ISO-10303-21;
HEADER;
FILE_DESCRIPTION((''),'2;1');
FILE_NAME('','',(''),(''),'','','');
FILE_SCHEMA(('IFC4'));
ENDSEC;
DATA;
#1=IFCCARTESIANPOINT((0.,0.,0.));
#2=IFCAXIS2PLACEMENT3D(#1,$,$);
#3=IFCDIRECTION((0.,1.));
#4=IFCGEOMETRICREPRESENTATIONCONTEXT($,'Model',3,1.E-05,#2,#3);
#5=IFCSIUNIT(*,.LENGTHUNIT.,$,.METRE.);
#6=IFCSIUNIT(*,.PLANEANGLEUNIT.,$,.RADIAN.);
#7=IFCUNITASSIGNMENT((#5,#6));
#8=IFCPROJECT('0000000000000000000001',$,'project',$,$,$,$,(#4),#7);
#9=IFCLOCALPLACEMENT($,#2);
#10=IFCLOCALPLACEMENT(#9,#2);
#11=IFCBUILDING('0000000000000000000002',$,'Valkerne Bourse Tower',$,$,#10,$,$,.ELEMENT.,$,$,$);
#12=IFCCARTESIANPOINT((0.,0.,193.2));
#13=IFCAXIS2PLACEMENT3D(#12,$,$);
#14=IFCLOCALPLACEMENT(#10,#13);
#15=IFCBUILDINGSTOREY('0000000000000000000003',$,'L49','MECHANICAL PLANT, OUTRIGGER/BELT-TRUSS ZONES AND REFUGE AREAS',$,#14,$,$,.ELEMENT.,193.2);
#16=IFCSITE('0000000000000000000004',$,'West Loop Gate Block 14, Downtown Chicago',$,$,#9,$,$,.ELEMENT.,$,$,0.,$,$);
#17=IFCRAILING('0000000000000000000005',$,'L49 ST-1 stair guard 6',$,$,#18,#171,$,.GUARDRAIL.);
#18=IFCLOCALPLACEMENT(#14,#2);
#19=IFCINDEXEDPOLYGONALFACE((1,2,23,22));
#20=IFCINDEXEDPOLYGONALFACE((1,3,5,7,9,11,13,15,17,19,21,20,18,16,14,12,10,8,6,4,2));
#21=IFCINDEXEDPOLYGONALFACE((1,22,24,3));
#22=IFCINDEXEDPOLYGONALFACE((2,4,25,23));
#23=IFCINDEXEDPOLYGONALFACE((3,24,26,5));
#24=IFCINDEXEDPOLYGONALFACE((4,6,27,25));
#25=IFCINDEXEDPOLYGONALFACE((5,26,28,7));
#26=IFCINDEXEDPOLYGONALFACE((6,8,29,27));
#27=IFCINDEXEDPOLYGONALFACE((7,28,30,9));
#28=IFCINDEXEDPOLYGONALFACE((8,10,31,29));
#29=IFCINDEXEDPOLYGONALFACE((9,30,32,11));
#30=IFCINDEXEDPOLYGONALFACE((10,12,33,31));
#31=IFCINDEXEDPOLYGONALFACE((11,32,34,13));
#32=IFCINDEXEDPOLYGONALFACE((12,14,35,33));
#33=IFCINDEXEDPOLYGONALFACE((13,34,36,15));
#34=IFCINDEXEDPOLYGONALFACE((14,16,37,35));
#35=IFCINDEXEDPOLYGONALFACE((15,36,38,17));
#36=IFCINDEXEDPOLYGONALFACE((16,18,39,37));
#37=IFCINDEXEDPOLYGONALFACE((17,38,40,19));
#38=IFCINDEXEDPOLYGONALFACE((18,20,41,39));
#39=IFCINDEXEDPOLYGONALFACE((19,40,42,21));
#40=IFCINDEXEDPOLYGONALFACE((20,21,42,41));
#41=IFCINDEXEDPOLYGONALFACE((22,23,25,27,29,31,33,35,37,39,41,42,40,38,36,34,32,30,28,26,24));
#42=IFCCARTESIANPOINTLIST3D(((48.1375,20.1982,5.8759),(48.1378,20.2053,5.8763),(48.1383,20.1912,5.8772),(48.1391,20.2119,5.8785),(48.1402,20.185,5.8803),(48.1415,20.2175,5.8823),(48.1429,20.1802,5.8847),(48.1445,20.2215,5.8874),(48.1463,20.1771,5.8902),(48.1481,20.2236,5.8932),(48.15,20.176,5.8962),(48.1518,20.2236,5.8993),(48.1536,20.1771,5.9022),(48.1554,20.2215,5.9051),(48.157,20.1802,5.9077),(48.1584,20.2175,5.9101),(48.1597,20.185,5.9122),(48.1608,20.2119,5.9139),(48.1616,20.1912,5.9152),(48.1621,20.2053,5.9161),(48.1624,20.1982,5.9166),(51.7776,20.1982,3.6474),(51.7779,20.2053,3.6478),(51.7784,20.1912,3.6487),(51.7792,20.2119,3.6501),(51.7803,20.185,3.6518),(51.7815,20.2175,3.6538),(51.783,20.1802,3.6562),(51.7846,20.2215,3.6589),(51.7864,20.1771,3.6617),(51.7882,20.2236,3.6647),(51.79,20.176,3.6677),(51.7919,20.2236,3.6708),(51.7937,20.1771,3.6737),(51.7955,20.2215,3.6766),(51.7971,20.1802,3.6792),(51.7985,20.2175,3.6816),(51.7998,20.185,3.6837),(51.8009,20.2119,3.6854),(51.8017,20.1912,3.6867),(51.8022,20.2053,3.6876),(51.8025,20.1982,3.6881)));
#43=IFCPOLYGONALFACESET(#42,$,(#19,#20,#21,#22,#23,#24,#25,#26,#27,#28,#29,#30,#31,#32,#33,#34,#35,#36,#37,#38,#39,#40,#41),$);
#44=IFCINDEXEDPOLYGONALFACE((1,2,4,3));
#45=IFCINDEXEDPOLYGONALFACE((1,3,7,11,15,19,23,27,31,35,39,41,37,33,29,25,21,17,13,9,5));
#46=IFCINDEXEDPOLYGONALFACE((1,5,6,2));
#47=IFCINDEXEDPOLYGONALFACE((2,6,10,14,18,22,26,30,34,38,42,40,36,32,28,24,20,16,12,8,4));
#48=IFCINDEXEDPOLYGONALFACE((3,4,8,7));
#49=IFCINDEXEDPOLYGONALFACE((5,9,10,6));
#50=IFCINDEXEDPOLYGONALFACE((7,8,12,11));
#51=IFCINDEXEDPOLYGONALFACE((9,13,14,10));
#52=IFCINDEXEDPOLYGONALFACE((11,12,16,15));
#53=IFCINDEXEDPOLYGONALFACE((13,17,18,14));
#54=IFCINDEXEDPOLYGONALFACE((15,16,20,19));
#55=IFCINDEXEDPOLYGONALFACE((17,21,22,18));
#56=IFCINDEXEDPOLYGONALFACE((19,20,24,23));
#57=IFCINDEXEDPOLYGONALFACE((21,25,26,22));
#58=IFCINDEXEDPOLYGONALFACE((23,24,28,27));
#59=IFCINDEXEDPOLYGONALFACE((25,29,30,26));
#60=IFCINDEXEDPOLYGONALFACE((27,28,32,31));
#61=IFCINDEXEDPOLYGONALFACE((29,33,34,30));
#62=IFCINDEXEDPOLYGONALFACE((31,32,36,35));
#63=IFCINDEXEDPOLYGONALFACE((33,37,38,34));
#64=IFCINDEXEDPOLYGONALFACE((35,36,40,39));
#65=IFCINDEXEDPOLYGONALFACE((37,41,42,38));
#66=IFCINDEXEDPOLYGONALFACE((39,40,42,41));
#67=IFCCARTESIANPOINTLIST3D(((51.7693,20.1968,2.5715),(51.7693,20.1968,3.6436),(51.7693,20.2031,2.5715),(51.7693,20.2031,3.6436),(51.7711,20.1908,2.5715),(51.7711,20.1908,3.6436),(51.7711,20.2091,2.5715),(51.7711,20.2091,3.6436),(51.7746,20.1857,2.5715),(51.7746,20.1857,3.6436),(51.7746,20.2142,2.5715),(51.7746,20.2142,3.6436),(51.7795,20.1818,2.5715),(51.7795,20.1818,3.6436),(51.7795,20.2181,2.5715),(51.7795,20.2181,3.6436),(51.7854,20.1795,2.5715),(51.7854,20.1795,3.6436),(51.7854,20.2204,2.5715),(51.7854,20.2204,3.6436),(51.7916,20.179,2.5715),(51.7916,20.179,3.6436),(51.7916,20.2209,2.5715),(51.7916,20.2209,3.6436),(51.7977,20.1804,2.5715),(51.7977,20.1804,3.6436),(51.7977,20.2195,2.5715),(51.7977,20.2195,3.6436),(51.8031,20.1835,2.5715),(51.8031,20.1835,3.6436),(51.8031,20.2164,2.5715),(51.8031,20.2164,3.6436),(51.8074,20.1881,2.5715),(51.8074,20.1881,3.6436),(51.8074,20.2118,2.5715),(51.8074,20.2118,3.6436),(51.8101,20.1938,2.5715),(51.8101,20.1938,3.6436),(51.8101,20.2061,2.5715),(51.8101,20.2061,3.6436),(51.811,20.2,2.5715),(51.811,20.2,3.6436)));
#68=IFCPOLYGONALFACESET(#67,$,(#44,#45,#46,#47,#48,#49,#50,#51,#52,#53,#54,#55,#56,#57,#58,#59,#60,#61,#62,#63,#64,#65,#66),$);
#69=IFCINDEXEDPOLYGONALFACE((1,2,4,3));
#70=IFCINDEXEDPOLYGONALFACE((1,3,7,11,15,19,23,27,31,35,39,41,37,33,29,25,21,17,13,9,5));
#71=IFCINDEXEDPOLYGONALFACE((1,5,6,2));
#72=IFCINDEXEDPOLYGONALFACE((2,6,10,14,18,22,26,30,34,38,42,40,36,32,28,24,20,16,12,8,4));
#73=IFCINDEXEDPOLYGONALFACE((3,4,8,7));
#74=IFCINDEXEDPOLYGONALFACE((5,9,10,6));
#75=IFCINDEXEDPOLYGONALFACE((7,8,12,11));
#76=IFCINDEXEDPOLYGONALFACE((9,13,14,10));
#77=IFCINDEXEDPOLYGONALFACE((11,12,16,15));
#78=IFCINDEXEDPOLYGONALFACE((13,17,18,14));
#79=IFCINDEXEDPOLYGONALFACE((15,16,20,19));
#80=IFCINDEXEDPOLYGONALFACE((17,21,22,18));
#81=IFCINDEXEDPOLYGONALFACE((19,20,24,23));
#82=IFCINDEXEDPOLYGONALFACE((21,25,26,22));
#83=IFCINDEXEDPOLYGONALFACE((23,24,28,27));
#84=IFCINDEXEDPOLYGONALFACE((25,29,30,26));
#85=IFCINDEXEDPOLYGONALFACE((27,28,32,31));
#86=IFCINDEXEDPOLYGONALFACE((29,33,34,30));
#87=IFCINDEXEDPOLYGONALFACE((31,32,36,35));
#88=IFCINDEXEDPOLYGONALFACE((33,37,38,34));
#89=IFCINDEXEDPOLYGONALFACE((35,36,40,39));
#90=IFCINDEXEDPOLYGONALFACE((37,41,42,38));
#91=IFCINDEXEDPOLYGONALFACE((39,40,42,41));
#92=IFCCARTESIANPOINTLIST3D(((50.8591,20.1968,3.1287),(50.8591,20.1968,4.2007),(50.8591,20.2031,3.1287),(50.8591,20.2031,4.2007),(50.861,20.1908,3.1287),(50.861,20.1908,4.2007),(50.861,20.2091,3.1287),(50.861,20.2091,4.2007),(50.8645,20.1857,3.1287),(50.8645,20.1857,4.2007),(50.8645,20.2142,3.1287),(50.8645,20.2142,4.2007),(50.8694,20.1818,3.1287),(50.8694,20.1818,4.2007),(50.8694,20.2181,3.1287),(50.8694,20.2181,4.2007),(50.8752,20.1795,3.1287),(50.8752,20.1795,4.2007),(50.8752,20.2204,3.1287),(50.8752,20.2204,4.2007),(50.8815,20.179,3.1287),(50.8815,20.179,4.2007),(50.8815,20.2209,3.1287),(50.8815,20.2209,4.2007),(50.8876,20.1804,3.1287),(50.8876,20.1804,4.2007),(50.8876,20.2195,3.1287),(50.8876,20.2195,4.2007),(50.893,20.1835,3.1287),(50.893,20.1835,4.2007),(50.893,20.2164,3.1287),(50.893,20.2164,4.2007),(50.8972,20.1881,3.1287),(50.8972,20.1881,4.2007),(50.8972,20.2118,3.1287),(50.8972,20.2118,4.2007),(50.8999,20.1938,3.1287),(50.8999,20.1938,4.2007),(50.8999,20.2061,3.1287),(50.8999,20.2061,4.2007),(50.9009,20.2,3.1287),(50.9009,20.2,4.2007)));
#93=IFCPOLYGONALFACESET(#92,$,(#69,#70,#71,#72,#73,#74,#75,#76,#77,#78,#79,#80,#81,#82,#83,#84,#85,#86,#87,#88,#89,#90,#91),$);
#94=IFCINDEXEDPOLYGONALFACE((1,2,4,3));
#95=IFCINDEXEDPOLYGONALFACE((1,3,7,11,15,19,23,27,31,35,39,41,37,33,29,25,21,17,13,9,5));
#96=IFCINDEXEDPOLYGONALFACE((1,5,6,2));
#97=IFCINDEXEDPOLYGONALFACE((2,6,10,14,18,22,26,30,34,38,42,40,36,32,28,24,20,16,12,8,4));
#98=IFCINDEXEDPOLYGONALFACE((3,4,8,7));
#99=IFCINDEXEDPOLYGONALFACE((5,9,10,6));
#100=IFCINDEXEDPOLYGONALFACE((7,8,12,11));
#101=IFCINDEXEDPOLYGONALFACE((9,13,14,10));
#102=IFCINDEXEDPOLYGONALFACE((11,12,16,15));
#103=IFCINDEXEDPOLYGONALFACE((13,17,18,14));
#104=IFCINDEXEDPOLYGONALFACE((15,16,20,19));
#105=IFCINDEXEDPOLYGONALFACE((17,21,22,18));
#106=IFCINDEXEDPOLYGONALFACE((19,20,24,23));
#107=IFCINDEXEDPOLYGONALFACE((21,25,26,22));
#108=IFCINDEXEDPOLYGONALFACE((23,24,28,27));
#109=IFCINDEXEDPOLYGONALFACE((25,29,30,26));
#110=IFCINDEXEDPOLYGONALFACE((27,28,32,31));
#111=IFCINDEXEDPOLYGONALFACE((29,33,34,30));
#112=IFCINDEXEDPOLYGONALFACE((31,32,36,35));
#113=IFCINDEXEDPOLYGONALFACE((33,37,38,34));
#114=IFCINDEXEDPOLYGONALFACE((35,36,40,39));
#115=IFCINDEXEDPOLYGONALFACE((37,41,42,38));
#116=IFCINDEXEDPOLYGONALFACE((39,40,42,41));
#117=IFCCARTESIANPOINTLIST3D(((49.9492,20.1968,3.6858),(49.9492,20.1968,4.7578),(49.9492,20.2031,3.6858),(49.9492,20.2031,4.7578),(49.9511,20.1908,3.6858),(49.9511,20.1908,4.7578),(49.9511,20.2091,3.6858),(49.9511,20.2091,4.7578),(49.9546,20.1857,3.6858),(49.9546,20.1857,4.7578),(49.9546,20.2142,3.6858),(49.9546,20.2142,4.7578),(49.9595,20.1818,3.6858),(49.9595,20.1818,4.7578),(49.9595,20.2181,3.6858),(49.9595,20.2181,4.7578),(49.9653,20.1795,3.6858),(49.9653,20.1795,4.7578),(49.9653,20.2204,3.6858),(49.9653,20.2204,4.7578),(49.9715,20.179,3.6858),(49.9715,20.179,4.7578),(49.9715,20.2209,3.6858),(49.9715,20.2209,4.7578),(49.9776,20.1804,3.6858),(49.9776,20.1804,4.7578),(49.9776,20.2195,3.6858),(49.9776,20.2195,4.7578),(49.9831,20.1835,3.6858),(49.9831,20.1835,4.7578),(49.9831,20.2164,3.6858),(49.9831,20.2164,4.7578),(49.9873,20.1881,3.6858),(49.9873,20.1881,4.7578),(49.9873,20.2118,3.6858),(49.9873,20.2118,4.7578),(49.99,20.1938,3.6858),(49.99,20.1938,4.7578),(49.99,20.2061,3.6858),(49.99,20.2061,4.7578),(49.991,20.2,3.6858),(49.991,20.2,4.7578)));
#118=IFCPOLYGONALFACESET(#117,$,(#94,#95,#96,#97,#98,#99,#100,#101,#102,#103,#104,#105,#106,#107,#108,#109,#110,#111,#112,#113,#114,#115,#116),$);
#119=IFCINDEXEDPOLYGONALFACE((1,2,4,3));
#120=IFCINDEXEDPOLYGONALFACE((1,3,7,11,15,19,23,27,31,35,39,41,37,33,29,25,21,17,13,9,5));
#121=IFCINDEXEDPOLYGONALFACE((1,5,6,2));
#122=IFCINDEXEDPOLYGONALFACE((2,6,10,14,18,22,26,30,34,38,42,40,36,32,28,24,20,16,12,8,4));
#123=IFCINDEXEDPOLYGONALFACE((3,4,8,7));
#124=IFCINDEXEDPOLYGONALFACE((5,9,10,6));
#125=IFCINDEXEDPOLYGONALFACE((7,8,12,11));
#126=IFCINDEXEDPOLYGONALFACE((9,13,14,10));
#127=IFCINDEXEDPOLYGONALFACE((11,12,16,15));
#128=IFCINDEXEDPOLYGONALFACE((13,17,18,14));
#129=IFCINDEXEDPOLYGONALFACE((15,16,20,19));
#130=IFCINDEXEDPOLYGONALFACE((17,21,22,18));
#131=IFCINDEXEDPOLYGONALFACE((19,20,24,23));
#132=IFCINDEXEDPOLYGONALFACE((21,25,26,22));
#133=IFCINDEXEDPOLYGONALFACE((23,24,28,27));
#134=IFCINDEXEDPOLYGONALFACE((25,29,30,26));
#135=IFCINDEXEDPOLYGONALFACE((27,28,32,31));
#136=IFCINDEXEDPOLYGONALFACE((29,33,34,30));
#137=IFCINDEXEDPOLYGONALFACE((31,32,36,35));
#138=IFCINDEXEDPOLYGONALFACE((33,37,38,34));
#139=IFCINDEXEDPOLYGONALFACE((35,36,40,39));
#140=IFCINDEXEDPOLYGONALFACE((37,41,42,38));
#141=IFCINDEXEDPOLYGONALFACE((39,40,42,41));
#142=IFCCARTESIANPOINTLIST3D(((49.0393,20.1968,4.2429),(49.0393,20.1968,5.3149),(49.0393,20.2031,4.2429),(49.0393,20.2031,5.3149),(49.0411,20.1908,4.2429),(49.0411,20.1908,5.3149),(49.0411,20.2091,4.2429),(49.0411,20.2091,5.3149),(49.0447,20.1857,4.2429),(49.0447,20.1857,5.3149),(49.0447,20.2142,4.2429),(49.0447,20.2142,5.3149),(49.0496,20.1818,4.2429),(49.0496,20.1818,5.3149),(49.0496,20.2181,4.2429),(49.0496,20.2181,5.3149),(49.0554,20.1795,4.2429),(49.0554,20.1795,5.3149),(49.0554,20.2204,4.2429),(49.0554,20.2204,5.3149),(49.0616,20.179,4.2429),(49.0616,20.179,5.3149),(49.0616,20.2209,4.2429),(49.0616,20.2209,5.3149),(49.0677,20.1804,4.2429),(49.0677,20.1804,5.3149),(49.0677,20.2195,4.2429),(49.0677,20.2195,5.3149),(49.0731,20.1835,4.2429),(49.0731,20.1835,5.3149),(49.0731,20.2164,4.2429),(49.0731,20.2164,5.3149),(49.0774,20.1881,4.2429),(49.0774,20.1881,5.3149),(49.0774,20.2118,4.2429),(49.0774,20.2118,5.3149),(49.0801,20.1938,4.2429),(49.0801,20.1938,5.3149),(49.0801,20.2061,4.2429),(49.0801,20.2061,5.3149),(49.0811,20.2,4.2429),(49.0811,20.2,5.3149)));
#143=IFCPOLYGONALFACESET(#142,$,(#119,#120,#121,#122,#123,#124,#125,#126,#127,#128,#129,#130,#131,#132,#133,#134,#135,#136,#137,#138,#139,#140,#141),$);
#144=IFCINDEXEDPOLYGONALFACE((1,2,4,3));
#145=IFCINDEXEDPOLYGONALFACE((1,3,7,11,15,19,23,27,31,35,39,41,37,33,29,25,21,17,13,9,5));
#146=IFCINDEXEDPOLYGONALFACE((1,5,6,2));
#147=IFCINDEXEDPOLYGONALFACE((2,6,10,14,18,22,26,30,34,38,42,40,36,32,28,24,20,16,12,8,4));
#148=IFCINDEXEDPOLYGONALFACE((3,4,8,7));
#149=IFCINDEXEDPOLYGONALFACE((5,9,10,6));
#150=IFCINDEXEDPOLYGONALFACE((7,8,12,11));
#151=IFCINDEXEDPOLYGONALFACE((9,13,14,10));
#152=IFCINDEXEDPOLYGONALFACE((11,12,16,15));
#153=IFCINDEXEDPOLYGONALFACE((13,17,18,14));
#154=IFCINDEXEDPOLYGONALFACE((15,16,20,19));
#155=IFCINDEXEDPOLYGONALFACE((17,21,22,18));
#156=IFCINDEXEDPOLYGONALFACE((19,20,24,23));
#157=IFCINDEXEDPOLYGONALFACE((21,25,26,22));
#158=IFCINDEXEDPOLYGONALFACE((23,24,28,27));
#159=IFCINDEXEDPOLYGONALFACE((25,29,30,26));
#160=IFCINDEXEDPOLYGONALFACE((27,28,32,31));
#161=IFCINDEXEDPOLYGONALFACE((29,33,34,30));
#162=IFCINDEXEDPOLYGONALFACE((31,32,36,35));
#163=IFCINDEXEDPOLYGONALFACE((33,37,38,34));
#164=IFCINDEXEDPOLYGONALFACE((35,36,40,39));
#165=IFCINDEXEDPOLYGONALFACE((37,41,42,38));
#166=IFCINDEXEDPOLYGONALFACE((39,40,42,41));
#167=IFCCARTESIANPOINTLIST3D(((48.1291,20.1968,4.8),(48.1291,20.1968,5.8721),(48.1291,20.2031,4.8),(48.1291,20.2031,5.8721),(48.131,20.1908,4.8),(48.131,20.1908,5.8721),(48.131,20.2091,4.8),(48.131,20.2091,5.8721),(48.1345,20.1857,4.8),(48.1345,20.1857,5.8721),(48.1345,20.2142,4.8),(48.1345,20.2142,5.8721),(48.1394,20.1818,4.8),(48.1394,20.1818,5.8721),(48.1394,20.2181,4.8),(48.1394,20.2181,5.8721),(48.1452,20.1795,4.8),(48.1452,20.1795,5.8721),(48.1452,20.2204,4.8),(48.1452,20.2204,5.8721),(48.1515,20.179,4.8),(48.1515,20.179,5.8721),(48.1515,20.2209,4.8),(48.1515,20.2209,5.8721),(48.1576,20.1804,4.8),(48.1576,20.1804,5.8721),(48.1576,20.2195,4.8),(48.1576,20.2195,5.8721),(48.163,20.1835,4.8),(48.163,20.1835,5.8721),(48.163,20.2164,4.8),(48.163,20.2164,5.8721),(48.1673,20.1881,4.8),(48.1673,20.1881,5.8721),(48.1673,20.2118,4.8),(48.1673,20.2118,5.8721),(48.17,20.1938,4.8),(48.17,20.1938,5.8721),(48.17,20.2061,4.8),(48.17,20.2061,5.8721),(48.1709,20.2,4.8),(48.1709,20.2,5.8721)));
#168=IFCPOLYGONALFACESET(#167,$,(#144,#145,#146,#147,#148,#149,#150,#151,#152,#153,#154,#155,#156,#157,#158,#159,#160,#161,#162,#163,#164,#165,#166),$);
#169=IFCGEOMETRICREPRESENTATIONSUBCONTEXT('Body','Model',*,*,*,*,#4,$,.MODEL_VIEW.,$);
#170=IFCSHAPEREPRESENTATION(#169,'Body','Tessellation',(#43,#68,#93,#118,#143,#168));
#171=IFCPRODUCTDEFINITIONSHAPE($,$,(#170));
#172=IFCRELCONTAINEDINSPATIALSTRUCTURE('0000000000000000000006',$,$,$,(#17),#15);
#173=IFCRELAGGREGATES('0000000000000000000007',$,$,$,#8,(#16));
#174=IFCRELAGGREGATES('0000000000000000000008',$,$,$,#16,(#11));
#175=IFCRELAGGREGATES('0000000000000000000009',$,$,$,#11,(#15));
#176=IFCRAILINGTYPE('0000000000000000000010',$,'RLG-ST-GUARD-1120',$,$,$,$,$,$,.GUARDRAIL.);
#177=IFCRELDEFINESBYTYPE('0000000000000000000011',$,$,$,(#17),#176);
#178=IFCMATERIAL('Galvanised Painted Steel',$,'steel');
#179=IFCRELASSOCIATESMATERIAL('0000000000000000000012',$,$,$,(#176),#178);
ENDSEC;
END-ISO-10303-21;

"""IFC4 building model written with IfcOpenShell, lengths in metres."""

from ifc_helpers import new_model, si_unit, direction, frame, origin, origin_2d, place, context, subcontext, project, spatial, circle, extrude, material, type_object, element, save


model = new_model("IFC4")

# Units and contexts
model_context = context("Model", 3, precision=1e-05, world=origin(), true_north=direction((0.0, 1.0)))
body_context = subcontext(model_context, "Body", "Model", "MODEL_VIEW")
ifc_project = project(units=[si_unit("LENGTHUNIT", "METRE"), si_unit("PLANEANGLEUNIT", "RADIAN")], contexts=[model_context])

# Site, building, storey
site_placement = place(None, origin())
site = spatial("IfcSite", under=ifc_project, at=site_placement, Name="West Loop Gate Block 14, Downtown Chicago", CompositionType="ELEMENT", RefElevation=0.0)
building_placement = place(site_placement, origin())
building = spatial("IfcBuilding", under=site, at=building_placement, Name="Valkerne Bourse Tower", CompositionType="ELEMENT")
storey_placement = place(building_placement, frame((0.0, 0.0, 193.2)))
storey = spatial("IfcBuildingStorey", under=building, at=storey_placement, Name="L49", Description="MECHANICAL PLANT, OUTRIGGER/BELT-TRUSS ZONES AND REFUGE AREAS", CompositionType="ELEMENT", Elevation=193.2)

# Shared definitions
ifc_material_1 = material(Name="Galvanised Painted Steel", Category="steel")

# Railing
railing_type_1 = type_object("IfcRailingType", Name="RLG-ST-GUARD-1120", PredefinedType="GUARDRAIL", material=ifc_material_1)
railing_1_placement = place(storey_placement, frame((51.79, 20.2, 2.5715)))
element("IfcRailing", 1, at=railing_1_placement, inside=storey, type_object=railing_type_1, Name="L49 ST-1 stair guard 6", PredefinedType="GUARDRAIL", context=body_context, shape_type="SweptSolid", body=[
    extrude(circle(Radius=0.0239, at=origin_2d()), frame((0.0, 0.0, 1.0962), z_axis=(-0.852866, 0.0, 0.52213), x_axis=(0.0, -1.0, 0.0)), (0.0, 0.0, 1.0), 4.2681),
    extrude(circle(Radius=0.021, at=origin_2d()), origin(), (0.0, 0.0, 1.0), 1.072),
    extrude(circle(Radius=0.021, at=origin_2d()), frame((-0.9102, 0.0, 0.5571)), (0.0, 0.0, 1.0), 1.072),
    extrude(circle(Radius=0.021, at=origin_2d()), frame((-1.8201, 0.0, 1.1143)), (0.0, 0.0, 1.0), 1.072),
    extrude(circle(Radius=0.021, at=origin_2d()), frame((-2.73, 0.0, 1.6714)), (0.0, 0.0, 1.0), 1.072),
    extrude(circle(Radius=0.021, at=origin_2d()), frame((-3.6401, 0.0, 2.2285)), (0.0, 0.0, 1.0), 1.072),
])

save(model, "model.ifc")
